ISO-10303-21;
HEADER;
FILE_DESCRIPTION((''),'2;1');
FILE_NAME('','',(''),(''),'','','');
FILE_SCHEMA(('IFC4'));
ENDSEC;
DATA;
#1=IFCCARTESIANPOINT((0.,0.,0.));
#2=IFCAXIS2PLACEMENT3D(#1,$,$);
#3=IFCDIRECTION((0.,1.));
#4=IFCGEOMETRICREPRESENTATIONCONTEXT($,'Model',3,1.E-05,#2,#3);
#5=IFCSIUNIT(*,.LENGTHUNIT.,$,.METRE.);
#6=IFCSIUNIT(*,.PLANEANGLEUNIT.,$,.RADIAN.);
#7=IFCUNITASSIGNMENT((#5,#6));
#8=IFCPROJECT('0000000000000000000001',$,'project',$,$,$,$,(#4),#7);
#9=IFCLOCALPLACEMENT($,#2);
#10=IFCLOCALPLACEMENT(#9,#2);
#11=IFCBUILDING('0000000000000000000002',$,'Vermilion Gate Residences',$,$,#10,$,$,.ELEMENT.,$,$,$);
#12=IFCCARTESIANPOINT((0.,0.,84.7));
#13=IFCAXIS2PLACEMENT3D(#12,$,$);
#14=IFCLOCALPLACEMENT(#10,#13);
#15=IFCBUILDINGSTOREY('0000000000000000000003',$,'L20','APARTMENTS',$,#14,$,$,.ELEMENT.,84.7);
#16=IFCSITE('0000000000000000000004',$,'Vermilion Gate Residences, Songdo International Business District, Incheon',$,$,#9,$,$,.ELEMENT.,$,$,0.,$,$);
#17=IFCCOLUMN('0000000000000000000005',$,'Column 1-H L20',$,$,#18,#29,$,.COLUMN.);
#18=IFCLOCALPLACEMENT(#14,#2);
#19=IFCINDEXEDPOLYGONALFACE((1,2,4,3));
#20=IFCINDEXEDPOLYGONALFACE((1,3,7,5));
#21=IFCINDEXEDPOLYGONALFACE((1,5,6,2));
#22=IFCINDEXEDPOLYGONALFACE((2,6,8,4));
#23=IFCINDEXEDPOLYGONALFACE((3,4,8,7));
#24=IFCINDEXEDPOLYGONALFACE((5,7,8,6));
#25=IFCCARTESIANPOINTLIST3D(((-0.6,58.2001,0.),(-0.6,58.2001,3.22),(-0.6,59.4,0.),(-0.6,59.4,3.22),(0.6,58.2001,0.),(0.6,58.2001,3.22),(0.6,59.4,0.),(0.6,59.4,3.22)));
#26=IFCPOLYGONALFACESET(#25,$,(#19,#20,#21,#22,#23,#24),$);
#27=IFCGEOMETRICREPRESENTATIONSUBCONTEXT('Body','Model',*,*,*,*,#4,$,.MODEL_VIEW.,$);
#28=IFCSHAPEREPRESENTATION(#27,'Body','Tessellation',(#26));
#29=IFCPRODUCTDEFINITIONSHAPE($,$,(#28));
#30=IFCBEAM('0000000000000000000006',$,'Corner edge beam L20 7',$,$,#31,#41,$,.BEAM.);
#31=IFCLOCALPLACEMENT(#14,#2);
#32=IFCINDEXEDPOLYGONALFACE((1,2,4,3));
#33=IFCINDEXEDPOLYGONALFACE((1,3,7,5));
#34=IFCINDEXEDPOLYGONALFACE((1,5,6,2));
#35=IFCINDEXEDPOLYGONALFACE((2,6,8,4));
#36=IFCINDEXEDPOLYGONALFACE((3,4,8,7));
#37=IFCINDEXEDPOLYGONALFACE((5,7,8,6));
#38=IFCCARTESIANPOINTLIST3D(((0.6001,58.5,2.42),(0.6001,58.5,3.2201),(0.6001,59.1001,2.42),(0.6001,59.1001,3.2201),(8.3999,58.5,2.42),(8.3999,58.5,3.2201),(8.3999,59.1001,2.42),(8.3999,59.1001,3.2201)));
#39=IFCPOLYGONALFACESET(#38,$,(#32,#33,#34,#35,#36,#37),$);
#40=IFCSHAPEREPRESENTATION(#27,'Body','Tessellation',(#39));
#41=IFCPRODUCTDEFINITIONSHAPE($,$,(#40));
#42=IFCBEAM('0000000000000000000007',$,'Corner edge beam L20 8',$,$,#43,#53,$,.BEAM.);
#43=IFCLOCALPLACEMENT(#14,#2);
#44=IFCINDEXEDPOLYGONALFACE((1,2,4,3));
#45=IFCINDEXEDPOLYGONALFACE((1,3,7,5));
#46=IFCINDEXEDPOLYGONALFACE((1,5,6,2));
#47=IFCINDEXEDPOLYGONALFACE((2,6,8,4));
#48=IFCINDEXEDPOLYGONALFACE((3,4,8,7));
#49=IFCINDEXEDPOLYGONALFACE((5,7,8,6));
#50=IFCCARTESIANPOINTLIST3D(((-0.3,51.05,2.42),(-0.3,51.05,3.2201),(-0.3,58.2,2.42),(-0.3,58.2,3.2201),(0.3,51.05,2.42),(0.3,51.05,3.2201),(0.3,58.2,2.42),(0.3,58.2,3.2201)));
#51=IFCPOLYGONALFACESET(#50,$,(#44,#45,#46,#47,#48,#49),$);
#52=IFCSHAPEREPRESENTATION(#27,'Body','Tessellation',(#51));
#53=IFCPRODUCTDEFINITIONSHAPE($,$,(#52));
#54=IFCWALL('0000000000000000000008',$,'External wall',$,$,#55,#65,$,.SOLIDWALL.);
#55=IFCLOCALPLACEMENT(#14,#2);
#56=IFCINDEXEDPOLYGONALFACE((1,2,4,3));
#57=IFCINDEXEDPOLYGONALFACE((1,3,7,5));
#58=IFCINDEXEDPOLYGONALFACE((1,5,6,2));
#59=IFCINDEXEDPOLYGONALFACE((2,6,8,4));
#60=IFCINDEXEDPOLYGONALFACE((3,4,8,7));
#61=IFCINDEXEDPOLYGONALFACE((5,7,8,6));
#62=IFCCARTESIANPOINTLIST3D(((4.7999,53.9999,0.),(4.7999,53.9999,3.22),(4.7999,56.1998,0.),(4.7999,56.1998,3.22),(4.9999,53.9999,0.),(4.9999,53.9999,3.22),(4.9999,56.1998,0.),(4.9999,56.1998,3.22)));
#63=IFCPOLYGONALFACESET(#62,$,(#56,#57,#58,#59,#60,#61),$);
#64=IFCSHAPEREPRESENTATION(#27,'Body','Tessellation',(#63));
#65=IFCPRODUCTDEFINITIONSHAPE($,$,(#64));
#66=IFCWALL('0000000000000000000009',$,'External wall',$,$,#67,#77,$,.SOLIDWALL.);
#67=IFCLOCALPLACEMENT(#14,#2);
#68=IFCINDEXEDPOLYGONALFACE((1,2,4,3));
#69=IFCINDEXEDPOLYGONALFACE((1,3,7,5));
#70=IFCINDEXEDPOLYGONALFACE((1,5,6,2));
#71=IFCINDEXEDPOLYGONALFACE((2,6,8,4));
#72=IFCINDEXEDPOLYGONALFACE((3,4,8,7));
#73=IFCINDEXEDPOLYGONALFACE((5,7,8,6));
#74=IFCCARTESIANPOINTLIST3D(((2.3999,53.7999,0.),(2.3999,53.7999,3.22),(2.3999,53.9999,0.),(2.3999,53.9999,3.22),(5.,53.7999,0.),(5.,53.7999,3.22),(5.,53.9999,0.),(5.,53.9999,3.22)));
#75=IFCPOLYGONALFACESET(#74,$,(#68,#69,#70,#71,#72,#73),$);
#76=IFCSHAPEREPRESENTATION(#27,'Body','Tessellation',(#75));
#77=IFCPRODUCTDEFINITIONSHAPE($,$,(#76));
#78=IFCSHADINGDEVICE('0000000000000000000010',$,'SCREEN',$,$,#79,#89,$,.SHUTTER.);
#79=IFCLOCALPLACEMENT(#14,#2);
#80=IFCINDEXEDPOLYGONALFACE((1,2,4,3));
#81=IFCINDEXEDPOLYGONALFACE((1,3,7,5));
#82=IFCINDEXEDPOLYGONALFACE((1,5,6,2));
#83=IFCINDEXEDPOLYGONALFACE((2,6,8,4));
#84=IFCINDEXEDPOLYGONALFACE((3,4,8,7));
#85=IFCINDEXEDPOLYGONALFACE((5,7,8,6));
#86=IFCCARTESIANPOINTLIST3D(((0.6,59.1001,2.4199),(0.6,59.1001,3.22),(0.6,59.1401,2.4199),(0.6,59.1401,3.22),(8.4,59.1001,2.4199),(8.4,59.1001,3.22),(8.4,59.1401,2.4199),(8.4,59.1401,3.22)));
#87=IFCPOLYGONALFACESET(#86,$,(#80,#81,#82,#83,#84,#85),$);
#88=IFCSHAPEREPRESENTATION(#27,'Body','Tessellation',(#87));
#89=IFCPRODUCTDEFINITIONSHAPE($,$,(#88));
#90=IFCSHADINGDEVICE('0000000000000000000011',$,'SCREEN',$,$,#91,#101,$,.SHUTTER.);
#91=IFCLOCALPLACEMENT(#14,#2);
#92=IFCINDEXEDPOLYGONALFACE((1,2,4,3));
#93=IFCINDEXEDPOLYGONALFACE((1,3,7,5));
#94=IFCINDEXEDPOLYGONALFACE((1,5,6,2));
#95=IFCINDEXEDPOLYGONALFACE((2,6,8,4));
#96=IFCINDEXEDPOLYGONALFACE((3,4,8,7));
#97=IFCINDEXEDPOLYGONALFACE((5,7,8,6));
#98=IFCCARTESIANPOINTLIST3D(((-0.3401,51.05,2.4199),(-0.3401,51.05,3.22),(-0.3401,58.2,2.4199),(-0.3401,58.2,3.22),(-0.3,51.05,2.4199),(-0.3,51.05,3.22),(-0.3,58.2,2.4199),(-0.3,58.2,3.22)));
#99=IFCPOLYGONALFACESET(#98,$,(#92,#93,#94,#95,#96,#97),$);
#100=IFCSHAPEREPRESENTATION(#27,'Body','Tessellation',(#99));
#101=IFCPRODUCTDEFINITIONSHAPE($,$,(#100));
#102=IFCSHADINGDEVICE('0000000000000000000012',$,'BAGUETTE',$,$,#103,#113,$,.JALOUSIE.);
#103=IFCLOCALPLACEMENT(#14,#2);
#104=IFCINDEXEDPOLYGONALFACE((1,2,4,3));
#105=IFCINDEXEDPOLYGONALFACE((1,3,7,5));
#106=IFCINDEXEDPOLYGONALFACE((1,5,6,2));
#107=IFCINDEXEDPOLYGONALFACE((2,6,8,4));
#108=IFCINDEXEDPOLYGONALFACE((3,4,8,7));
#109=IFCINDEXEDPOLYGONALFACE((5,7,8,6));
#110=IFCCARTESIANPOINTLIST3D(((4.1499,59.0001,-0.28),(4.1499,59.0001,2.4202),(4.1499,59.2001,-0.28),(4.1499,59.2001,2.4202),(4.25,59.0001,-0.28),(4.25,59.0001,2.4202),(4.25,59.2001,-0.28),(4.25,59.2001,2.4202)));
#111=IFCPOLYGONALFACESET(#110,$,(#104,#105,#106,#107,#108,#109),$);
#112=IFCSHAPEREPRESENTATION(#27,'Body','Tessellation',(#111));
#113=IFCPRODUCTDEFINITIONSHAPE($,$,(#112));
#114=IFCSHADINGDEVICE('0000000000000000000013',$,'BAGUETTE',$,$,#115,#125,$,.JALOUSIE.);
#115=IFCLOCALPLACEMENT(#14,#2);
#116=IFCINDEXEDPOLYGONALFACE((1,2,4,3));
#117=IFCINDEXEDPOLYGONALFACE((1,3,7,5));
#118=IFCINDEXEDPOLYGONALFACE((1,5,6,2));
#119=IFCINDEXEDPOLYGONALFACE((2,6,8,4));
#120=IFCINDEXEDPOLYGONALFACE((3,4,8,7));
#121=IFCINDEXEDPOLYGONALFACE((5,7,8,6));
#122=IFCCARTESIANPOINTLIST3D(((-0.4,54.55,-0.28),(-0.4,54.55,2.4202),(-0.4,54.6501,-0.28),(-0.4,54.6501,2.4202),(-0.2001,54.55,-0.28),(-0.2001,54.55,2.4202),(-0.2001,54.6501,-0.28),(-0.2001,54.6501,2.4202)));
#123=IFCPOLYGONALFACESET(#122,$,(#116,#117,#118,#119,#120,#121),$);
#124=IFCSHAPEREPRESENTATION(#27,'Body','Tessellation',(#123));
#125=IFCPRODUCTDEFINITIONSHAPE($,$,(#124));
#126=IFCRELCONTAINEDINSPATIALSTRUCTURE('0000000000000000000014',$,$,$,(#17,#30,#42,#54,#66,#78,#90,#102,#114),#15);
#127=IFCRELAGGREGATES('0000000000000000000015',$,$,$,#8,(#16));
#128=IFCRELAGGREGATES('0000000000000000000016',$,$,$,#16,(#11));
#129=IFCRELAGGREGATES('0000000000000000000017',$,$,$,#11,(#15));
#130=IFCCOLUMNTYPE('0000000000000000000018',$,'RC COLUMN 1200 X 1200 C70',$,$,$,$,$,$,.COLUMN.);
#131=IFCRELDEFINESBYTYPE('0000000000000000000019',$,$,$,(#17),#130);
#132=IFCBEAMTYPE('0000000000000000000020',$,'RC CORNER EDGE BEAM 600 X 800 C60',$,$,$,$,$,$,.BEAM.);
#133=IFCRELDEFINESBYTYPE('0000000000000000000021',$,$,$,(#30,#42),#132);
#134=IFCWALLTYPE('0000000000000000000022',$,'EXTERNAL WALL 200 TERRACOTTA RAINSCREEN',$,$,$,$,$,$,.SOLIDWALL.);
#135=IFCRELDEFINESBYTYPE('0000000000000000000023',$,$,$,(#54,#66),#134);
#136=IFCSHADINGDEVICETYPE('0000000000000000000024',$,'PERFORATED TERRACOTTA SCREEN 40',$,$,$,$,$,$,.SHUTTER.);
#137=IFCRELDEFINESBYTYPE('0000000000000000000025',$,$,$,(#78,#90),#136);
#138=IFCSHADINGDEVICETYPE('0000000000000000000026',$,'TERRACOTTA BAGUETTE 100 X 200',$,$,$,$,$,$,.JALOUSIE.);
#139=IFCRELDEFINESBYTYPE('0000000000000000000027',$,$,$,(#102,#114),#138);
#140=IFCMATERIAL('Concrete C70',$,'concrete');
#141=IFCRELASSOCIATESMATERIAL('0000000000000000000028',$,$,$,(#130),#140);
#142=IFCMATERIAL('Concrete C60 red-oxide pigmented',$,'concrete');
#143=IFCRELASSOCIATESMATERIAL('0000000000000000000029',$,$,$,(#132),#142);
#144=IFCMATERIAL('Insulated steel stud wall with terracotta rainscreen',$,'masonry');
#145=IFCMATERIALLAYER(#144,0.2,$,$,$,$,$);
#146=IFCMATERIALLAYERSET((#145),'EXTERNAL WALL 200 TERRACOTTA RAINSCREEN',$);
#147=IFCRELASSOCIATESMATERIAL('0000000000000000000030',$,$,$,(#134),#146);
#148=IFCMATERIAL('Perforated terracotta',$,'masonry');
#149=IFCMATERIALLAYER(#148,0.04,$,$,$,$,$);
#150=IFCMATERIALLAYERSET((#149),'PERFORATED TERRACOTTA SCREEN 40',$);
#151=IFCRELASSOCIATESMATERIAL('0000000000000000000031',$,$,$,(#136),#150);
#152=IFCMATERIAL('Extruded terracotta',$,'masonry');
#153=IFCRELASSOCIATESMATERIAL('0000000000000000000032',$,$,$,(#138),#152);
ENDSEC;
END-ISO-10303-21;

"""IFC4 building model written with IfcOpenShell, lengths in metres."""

from ifc_helpers import new_model, si_unit, direction, frame, frame_2d, origin, origin_2d, place, context, subcontext, project, spatial, rectangle, extrude, material, layer, layer_set, material_profile, profile_set, type_object, element, save


model = new_model("IFC4")

# Units and contexts
model_context = context("Model", 3, precision=1e-05, world=origin(), true_north=direction((0.0, 1.0)))
body_context = subcontext(model_context, "Body", "Model", "MODEL_VIEW")
ifc_project = project(units=[si_unit("LENGTHUNIT", "METRE"), si_unit("PLANEANGLEUNIT", "RADIAN")], contexts=[model_context])

# Site, building, storey
site_placement = place(None, origin())
site = spatial("IfcSite", under=ifc_project, at=site_placement, Name="Vermilion Gate Residences, Songdo International Business District, Incheon", CompositionType="ELEMENT", RefElevation=0.0)
building_placement = place(site_placement, origin())
building = spatial("IfcBuilding", under=site, at=building_placement, Name="Vermilion Gate Residences", CompositionType="ELEMENT")
storey_placement = place(building_placement, frame((0.0, 0.0, 84.7)))
storey = spatial("IfcBuildingStorey", under=building, at=storey_placement, Name="L20", Description="APARTMENTS", CompositionType="ELEMENT", Elevation=84.7)

# Column
ifc_material_1 = material(Name="Concrete C70", Category="concrete")
ifc_material_profile_1 = material_profile(ifc_material_1, rectangle(XDim=1.2, YDim=1.2, at=origin_2d()), Name="RC-1200x1200")
ifc_profile_set_1 = profile_set([ifc_material_profile_1], Name="Concrete C70")
column_type = type_object("IfcColumnType", Name="RC COLUMN 1200 X 1200 C70", PredefinedType="COLUMN", material=ifc_profile_set_1)
column_placement = place(storey_placement, frame((0.0, 58.8, 0.0), z_axis=(0.0, 0.0, 1.0), x_axis=(1.0, 0.0, 0.0)))
element("IfcColumn", 1, at=column_placement, inside=storey, type_object=column_type, Name="Column 1-H L20", PredefinedType="COLUMN", context=body_context, shape_type="SweptSolid", body=[
    extrude(rectangle(XDim=1.2, YDim=1.2, at=origin_2d()), origin(), (0.0, 0.0, 1.0), 3.22),
])

# Beams
ifc_material_2 = material(Name="Concrete C60 red-oxide pigmented", Category="concrete")
ifc_material_profile_2 = material_profile(ifc_material_2, rectangle(XDim=0.6001, YDim=0.8, at=origin_2d()), Name="RC-600x800")
ifc_profile_set_2 = profile_set([ifc_material_profile_2], Name="Concrete C60 red-oxide pigmented")
beam_type = type_object("IfcBeamType", Name="RC CORNER EDGE BEAM 600 X 800 C60", PredefinedType="BEAM", material=ifc_profile_set_2)
beam_1_placement = place(storey_placement, frame((0.6001, 58.8, 2.8201), z_axis=(1.0, 0.0, 0.0), x_axis=(0.0, 1.0, 0.0)))
element("IfcBeam", 2, at=beam_1_placement, inside=storey, type_object=beam_type, Name="Corner edge beam L20 7", PredefinedType="BEAM", context=body_context, shape_type="SweptSolid", body=[
    extrude(rectangle(XDim=0.6001, YDim=0.8, at=origin_2d()), origin(), (0.0, 0.0, 1.0), 7.7998),
])
beam_2_placement = place(storey_placement, frame((0.0, 51.05, 2.8201), z_axis=(0.0, 1.0, 0.0), x_axis=(-1.0, 0.0, 0.0)))
element("IfcBeam", 3, at=beam_2_placement, inside=storey, type_object=beam_type, Name="Corner edge beam L20 8", PredefinedType="BEAM", context=body_context, shape_type="SweptSolid", body=[
    extrude(rectangle(XDim=0.6001, YDim=0.8, at=origin_2d()), origin(), (0.0, 0.0, 1.0), 7.1499),
])

# Walls
ifc_material_3 = material(Name="Insulated steel stud wall with terracotta rainscreen", Category="masonry")
ifc_layer_1 = layer(ifc_material_3, 0.2)
ifc_layer_set_1 = layer_set([ifc_layer_1], Name="EXTERNAL WALL 200 TERRACOTTA RAINSCREEN")
wall_type = type_object("IfcWallType", Name="EXTERNAL WALL 200 TERRACOTTA RAINSCREEN", PredefinedType="SOLIDWALL", material=ifc_layer_set_1)
wall_1_placement = place(storey_placement, frame((4.8999, 56.2, 0.0), z_axis=(0.0, 0.0, 1.0), x_axis=(0.0, -1.0, 0.0)))
element("IfcWall", 4, at=wall_1_placement, inside=storey, type_object=wall_type, Name="External wall", PredefinedType="SOLIDWALL", context=body_context, shape_type="SweptSolid", body=[
    extrude(rectangle(XDim=2.2, YDim=0.2, at=frame_2d((1.1001, 0.0))), origin(), (0.0, 0.0, 1.0), 3.22),
])
wall_2_placement = place(storey_placement, frame((5.0, 53.8999, 0.0), z_axis=(0.0, 0.0, 1.0), x_axis=(-1.0, 0.0, 0.0)))
element("IfcWall", 5, at=wall_2_placement, inside=storey, type_object=wall_type, Name="External wall", PredefinedType="SOLIDWALL", context=body_context, shape_type="SweptSolid", body=[
    extrude(rectangle(XDim=2.6001, YDim=0.2, at=frame_2d((1.3, 0.0))), origin(), (0.0, 0.0, 1.0), 3.22),
])

# Shading devices
ifc_material_4 = material(Name="Perforated terracotta", Category="masonry")
ifc_layer_2 = layer(ifc_material_4, 0.04)
ifc_layer_set_2 = layer_set([ifc_layer_2], Name="PERFORATED TERRACOTTA SCREEN 40")
shading_device_type_1 = type_object("IfcShadingDeviceType", Name="PERFORATED TERRACOTTA SCREEN 40", PredefinedType="SHUTTER", material=ifc_layer_set_2)
shading_device_1_placement = place(storey_placement, frame((4.5, 59.1201, 2.4199), z_axis=(0.0, 0.0, 1.0), x_axis=(-1.0, 0.0, 0.0)))
element("IfcShadingDevice", 6, at=shading_device_1_placement, inside=storey, type_object=shading_device_type_1, Name="SCREEN", PredefinedType="SHUTTER", context=body_context, shape_type="SweptSolid", body=[
    extrude(rectangle(XDim=7.8, YDim=0.04, at=origin_2d()), origin(), (0.0, 0.0, 1.0), 0.8),
])
shading_device_2_placement = place(storey_placement, frame((-0.3201, 54.625, 2.4199), z_axis=(0.0, 0.0, 1.0), x_axis=(0.0, -1.0, 0.0)))
element("IfcShadingDevice", 7, at=shading_device_2_placement, inside=storey, type_object=shading_device_type_1, Name="SCREEN", PredefinedType="SHUTTER", context=body_context, shape_type="SweptSolid", body=[
    extrude(rectangle(XDim=7.1499, YDim=0.04, at=origin_2d()), origin(), (0.0, 0.0, 1.0), 0.8),
])
ifc_material_5 = material(Name="Extruded terracotta", Category="masonry")
ifc_material_profile_3 = material_profile(ifc_material_5, rectangle(XDim=0.2, YDim=0.1001, at=origin_2d()), Name="BAGUETTE 100 X 200")
ifc_profile_set_3 = profile_set([ifc_material_profile_3], Name="Extruded terracotta")
shading_device_type_2 = type_object("IfcShadingDeviceType", Name="TERRACOTTA BAGUETTE 100 X 200", PredefinedType="JALOUSIE", material=ifc_profile_set_3)
for number, where, z_axis, x_axis, name in (
    (8, (4.2, 59.1001, -0.28), (0.0, 0.0, 1.0), (0.0, -1.0, 0.0), "BAGUETTE"),
    (9, (-0.3, 54.6001, -0.28), (0.0, 0.0, 1.0), (1.0, 0.0, 0.0), "BAGUETTE"),
):
    element("IfcShadingDevice", number, at=place(storey_placement, frame(where, z_axis=z_axis, x_axis=x_axis)), inside=storey, type_object=shading_device_type_2, Name=name, PredefinedType="JALOUSIE", context=body_context, shape_type="SweptSolid", body=[
        extrude(rectangle(XDim=0.2, YDim=0.1001, at=origin_2d()), origin(), (0.0, 0.0, 1.0), 2.7002),
    ])

save(model, "model.ifc")
